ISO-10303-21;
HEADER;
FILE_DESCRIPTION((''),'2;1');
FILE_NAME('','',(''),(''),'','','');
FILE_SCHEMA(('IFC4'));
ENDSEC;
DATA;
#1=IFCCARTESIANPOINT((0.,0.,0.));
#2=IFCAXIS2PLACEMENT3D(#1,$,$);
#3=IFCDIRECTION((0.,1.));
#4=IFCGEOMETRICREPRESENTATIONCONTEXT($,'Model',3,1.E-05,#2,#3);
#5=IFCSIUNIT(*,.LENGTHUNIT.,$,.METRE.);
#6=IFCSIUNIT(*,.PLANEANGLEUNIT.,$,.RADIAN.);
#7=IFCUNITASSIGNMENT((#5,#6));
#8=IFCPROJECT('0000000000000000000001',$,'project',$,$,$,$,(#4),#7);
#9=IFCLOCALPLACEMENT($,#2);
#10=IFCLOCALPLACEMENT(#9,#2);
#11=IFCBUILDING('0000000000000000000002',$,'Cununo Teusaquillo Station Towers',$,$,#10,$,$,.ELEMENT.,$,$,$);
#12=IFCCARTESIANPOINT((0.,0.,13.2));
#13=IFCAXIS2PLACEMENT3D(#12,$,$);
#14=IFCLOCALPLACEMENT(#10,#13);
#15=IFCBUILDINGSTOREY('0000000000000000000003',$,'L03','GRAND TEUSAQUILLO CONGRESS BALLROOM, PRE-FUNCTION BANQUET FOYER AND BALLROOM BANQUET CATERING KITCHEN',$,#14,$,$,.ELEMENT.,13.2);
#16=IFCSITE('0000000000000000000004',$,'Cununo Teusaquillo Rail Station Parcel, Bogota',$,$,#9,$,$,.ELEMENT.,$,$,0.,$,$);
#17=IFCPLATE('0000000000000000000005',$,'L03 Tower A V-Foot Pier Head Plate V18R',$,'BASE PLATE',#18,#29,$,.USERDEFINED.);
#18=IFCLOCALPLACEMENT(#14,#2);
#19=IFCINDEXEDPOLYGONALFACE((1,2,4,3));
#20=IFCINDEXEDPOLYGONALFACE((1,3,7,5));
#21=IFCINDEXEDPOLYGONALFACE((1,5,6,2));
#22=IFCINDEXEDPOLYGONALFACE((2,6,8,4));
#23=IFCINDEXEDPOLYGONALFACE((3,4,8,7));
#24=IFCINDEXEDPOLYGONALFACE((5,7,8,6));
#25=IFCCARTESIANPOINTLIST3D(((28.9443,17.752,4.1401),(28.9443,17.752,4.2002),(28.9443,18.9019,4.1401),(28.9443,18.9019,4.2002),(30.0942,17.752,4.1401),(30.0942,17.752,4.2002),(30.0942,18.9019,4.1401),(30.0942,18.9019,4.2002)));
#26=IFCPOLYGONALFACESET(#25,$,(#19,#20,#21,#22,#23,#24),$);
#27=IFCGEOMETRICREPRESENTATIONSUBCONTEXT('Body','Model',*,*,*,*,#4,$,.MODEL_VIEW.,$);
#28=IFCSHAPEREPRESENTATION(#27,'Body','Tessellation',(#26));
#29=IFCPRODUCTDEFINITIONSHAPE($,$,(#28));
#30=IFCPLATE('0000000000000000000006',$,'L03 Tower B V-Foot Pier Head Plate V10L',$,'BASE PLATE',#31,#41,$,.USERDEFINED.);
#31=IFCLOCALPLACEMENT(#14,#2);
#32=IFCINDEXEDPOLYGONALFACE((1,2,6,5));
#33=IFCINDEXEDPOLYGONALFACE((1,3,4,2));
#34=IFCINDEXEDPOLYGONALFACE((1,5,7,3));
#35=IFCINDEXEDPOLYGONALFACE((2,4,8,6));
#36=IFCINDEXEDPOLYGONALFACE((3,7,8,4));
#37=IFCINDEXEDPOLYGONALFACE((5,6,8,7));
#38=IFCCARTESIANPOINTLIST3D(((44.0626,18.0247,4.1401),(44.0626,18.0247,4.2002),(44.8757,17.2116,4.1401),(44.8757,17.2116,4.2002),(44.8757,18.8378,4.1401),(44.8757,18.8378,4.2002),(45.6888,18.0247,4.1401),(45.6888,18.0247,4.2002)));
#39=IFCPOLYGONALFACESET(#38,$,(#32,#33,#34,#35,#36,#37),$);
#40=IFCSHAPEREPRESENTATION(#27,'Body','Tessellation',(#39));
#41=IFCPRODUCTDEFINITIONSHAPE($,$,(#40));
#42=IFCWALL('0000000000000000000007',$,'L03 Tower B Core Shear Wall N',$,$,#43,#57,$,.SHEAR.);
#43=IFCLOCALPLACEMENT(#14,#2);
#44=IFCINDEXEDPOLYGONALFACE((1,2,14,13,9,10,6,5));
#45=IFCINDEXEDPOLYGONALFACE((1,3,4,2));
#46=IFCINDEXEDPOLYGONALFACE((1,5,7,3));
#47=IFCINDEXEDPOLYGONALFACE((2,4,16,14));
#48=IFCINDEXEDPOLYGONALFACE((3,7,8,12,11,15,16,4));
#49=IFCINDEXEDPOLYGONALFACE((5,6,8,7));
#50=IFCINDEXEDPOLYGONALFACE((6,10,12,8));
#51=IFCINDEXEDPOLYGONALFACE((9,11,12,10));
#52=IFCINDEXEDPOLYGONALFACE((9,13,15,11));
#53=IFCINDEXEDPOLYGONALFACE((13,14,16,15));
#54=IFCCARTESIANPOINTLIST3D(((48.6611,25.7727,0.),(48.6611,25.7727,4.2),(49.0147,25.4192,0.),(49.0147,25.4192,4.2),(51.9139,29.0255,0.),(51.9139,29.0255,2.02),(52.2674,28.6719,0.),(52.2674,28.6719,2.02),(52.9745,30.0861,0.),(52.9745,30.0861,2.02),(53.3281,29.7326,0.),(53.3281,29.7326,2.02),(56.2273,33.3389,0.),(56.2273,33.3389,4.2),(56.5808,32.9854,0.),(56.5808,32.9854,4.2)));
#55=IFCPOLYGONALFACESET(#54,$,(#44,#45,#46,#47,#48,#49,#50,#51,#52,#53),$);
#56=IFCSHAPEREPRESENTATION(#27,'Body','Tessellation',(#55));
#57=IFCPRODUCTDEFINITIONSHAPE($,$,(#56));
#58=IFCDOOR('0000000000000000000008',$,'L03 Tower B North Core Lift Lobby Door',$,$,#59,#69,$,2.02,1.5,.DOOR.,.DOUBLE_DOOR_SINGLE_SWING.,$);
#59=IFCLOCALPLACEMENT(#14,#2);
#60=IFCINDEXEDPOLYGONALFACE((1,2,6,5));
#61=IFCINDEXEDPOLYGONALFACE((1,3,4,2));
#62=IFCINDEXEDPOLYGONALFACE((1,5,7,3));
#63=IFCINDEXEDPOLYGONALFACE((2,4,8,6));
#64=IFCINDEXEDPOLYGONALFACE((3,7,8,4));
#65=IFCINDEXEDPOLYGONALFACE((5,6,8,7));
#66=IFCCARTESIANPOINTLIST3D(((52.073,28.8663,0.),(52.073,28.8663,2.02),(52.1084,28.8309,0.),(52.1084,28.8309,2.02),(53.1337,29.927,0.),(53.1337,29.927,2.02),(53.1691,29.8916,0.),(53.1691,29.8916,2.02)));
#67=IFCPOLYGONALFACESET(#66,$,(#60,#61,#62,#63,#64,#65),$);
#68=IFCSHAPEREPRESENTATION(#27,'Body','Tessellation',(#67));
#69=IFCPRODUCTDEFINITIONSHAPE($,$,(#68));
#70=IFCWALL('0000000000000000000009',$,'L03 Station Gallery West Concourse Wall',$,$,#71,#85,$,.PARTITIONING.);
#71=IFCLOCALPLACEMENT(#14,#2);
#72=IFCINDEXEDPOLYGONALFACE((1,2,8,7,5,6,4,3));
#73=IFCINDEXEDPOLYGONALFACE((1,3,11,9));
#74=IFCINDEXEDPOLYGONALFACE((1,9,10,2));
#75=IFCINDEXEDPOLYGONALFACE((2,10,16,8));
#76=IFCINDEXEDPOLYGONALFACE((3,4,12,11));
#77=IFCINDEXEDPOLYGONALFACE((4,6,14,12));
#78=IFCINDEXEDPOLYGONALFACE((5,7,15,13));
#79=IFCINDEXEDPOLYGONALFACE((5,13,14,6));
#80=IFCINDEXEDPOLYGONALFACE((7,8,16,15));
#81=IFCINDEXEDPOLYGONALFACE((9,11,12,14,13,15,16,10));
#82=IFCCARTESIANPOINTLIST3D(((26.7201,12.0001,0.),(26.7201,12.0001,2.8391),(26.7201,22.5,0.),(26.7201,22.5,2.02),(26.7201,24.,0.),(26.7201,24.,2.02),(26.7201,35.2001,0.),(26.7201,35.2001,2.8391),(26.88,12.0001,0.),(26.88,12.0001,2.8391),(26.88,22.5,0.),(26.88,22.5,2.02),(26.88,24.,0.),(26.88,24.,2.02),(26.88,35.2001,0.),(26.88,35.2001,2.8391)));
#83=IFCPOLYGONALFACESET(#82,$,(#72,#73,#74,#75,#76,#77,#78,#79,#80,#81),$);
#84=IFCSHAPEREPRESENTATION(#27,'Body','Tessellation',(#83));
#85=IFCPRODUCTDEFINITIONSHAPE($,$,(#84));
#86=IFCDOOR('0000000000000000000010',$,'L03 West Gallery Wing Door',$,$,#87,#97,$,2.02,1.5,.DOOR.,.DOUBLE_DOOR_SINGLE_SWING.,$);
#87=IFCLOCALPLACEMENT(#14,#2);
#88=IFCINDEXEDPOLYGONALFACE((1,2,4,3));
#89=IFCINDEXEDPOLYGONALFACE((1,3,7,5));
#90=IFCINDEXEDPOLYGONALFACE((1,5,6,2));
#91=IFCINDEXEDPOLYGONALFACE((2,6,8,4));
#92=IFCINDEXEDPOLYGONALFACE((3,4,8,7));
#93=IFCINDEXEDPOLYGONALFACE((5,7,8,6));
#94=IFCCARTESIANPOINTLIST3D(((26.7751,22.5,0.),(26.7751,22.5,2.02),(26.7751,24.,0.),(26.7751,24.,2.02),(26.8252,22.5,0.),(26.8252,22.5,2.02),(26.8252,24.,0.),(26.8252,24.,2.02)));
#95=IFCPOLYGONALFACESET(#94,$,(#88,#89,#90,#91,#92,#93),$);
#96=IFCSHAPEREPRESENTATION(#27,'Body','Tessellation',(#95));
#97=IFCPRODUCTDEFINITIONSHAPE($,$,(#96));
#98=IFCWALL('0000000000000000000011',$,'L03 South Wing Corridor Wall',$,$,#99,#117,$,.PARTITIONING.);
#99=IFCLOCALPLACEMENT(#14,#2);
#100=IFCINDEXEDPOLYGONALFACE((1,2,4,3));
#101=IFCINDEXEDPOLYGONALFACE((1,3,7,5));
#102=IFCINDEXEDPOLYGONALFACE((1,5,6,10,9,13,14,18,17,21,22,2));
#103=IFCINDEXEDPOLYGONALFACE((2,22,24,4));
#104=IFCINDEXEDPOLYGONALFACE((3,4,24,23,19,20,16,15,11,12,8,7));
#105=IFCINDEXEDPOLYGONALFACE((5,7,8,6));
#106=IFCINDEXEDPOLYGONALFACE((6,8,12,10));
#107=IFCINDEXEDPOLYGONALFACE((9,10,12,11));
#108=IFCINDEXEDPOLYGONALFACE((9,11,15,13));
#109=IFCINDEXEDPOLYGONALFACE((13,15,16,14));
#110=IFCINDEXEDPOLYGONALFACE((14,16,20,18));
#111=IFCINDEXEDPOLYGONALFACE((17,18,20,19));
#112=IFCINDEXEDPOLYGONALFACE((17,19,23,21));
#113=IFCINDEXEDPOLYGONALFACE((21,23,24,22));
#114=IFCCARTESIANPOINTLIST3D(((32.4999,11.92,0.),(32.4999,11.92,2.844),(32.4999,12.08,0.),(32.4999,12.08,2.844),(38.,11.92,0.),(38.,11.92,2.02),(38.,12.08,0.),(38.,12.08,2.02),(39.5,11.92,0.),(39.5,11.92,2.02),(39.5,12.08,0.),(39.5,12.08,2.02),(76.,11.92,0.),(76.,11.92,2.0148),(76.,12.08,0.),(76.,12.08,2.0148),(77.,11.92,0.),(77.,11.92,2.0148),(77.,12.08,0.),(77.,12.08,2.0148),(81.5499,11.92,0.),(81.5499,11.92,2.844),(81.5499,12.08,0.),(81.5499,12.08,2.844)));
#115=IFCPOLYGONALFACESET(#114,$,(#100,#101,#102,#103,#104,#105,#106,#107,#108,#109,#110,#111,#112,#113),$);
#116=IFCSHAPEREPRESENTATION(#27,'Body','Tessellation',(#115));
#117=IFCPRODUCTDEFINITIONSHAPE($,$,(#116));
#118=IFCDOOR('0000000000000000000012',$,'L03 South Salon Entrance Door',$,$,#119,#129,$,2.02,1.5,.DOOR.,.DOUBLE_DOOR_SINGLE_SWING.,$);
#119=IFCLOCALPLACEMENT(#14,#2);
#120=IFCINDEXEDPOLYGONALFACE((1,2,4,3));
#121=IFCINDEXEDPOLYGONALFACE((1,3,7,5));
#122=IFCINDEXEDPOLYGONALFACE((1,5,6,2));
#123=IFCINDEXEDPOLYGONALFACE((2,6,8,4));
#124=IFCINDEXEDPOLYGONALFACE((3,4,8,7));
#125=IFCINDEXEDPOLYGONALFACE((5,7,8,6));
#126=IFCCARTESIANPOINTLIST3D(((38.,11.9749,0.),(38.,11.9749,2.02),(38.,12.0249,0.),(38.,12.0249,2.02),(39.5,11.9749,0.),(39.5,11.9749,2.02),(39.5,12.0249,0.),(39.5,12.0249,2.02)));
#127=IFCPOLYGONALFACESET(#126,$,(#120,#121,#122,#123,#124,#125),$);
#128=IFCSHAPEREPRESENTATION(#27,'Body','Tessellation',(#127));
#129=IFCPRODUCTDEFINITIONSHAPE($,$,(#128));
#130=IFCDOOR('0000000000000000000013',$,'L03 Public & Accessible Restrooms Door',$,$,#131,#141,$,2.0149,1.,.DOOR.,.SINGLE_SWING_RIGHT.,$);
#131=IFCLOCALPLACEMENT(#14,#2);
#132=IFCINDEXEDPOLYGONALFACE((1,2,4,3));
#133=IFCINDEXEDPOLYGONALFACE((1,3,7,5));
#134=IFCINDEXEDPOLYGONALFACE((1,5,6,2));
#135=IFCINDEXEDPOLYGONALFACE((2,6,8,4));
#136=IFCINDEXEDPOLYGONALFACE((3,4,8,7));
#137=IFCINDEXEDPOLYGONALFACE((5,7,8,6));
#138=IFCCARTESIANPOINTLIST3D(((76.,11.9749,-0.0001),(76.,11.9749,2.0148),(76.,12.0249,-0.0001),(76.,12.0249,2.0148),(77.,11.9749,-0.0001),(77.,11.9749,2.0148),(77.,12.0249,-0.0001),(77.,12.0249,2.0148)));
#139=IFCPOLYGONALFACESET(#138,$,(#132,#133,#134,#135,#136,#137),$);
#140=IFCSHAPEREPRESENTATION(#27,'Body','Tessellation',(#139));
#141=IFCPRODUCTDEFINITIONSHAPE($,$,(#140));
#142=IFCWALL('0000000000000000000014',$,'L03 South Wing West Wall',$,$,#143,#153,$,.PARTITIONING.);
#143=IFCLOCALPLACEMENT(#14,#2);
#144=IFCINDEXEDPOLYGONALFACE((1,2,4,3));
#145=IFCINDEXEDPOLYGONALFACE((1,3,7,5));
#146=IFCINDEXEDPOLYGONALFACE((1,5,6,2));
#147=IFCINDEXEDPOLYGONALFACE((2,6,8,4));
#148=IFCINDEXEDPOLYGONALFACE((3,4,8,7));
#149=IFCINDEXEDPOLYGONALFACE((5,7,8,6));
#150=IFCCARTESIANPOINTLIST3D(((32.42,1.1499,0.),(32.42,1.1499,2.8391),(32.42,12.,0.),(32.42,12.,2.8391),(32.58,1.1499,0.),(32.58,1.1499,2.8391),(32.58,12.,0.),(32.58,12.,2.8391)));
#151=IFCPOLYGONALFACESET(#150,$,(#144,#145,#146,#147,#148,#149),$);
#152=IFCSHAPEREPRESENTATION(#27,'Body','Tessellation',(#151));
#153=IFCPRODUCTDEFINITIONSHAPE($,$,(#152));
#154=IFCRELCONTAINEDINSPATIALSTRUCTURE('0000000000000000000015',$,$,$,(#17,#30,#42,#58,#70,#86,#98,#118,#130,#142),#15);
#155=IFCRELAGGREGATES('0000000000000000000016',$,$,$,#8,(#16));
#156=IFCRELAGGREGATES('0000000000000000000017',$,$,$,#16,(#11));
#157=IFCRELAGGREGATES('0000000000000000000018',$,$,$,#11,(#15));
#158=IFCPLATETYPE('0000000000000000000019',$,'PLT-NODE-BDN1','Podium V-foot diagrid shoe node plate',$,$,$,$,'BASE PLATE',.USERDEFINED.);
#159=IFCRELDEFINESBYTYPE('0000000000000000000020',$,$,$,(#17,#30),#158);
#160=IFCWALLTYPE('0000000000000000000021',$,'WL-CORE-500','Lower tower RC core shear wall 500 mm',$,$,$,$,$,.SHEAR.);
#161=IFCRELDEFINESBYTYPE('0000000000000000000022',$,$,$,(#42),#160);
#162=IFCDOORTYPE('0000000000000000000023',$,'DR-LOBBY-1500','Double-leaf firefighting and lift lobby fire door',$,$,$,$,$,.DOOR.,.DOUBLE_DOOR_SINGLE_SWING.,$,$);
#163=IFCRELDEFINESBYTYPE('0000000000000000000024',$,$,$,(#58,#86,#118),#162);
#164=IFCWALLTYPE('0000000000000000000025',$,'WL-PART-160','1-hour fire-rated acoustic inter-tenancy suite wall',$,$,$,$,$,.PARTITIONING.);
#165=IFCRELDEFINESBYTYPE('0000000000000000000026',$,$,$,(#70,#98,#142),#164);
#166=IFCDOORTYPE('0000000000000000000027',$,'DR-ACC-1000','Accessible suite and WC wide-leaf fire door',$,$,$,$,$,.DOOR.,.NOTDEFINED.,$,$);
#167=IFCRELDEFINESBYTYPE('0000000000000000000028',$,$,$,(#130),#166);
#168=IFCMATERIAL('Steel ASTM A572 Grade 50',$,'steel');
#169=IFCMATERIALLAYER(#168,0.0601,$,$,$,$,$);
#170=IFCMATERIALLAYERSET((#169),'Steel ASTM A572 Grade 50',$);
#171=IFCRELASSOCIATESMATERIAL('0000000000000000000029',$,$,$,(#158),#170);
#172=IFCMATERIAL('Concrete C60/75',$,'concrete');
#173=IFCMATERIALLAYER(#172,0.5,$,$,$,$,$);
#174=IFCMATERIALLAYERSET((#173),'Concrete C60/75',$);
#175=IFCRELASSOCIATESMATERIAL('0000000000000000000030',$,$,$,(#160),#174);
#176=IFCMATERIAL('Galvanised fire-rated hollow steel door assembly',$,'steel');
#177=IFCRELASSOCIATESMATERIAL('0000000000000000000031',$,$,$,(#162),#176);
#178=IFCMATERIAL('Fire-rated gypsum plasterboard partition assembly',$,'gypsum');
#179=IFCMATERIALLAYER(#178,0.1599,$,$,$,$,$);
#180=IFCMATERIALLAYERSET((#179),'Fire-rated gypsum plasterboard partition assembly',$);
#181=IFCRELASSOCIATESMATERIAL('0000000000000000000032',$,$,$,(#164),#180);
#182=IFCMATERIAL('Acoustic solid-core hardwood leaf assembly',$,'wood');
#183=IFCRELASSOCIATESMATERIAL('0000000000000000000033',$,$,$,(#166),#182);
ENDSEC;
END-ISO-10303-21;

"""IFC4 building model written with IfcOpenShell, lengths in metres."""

from ifc_helpers import new_model, si_unit, direction, frame, frame_2d, origin, origin_2d, place, context, subcontext, project, spatial, rectangle, extrude, source, transform, mapped, material, layer, layer_set, type_object, element, fill, save


model = new_model("IFC4")

# Units and contexts
model_context = context("Model", 3, precision=1e-05, world=origin(), true_north=direction((0.0, 1.0)))
body_context = subcontext(model_context, "Body", "Model", "MODEL_VIEW")
ifc_project = project(units=[si_unit("LENGTHUNIT", "METRE"), si_unit("PLANEANGLEUNIT", "RADIAN")], contexts=[model_context])

# Site, building, storey
site_placement = place(None, origin())
site = spatial("IfcSite", under=ifc_project, at=site_placement, Name="Cununo Teusaquillo Rail Station Parcel, Bogota", CompositionType="ELEMENT", RefElevation=0.0)
building_placement = place(site_placement, origin())
building = spatial("IfcBuilding", under=site, at=building_placement, Name="Cununo Teusaquillo Station Towers", CompositionType="ELEMENT")
storey_placement = place(building_placement, frame((0.0, 0.0, 13.2)))
storey = spatial("IfcBuildingStorey", under=building, at=storey_placement, Name="L03", Description="GRAND TEUSAQUILLO CONGRESS BALLROOM, PRE-FUNCTION BANQUET FOYER AND BALLROOM BANQUET CATERING KITCHEN", CompositionType="ELEMENT", Elevation=13.2)

# Plates
ifc_material_1 = material(Name="Steel ASTM A572 Grade 50", Category="steel")
ifc_layer_1 = layer(ifc_material_1, 0.0601)
ifc_layer_set_1 = layer_set([ifc_layer_1], Name="Steel ASTM A572 Grade 50")
plate_type = type_object("IfcPlateType", Name="PLT-NODE-BDN1", Description="Podium V-foot diagrid shoe node plate", ElementType="BASE PLATE", PredefinedType="USERDEFINED", material=ifc_layer_set_1)
shared_shape_1 = source(origin(), body_context, "Body", "SweptSolid", [
    extrude(rectangle(XDim=1.1499, YDim=1.1499, at=origin_2d()), origin(), (0.0, 0.0, 1.0), 0.0601),
])
for number, where, z_axis, x_axis, name in (
    (1, (29.5193, 18.3269, 4.1401), (0.0, 0.0, 1.0), (1.0, 0.0, 0.0), "L03 Tower A V-Foot Pier Head Plate V18R"),
    (2, (44.8757, 18.0247, 4.1401), (0.0, 0.0, 1.0), (0.707107, 0.707107, 0.0), "L03 Tower B V-Foot Pier Head Plate V10L"),
):
    element("IfcPlate", number, at=place(storey_placement, frame(where, z_axis=z_axis, x_axis=x_axis)), inside=storey, type_object=plate_type, Name=name, ObjectType="BASE PLATE", PredefinedType="USERDEFINED", context=body_context, shape_type="MappedRepresentation", body=[
        mapped(shared_shape_1, transform((0.0, 0.0, 0.0), x_axis=(1.0, 0.0, 0.0), y_axis=(0.0, 1.0, 0.0), z_axis=(0.0, 0.0, 1.0), scale=1.0)),
    ])

# Walls, openings, doors
ifc_material_2 = material(Name="Concrete C60/75", Category="concrete")
ifc_layer_2 = layer(ifc_material_2, 0.5)
ifc_layer_set_2 = layer_set([ifc_layer_2], Name="Concrete C60/75")
wall_type_1 = type_object("IfcWallType", Name="WL-CORE-500", Description="Lower tower RC core shear wall 500 mm", PredefinedType="SHEAR", material=ifc_layer_set_2)
wall_1_placement = place(storey_placement, frame((48.8379, 25.5959, 0.0), z_axis=(0.0, 0.0, 1.0), x_axis=(0.707107, 0.707107, 0.0)))
wall_1 = element("IfcWall", 3, at=wall_1_placement, inside=storey, type_object=wall_type_1, Name="L03 Tower B Core Shear Wall N", PredefinedType="SHEAR", context=body_context, shape_type="SweptSolid", body=[
    extrude(rectangle(XDim=10.7002, YDim=0.5, at=frame_2d((5.3501, 0.0))), origin(), (0.0, 0.0, 1.0), 4.2),
])
shared_shape_2 = source(origin(), body_context, "Body", "SweptSolid", [
    extrude(rectangle(XDim=1.5, YDim=2.02, at=frame_2d((0.75, 1.01))), frame((0.0, 0.26, 0.0), z_axis=(0.0, -1.0, 0.0), x_axis=(1.0, 0.0, 0.0)), (0.0, 0.0, 1.0), 0.52),
])
opening_1_placement = place(wall_1_placement, frame((4.6001, 0.0, 0.0)))
opening_1 = element("IfcOpeningElement", 4, at=opening_1_placement, cuts=wall_1, PredefinedType="OPENING", context=body_context, shape_type="MappedRepresentation", body=[
    mapped(shared_shape_2, transform((0.0, 0.0, 0.0), x_axis=(1.0, 0.0, 0.0), y_axis=(0.0, 1.0, 0.0), z_axis=(0.0, 0.0, 1.0), scale=1.0)),
])
ifc_material_3 = material(Name="Galvanised fire-rated hollow steel door assembly", Category="steel")
door_type_1 = type_object("IfcDoorType", Name="DR-LOBBY-1500", Description="Double-leaf firefighting and lift lobby fire door", OperationType="DOUBLE_DOOR_SINGLE_SWING", PredefinedType="DOOR", material=ifc_material_3)
shared_shape_3 = source(origin(), body_context, "Body", "SweptSolid", [
    extrude(rectangle(XDim=1.5, YDim=2.02, at=frame_2d((0.75, 1.01))), frame((0.0, 0.0249, 0.0), z_axis=(0.0, -1.0, 0.0), x_axis=(1.0, 0.0, 0.0)), (0.0, 0.0, 1.0), 0.05),
])
door_1_placement = place(opening_1_placement, origin())
door_1 = element("IfcDoor", 5, at=door_1_placement, inside=storey, type_object=door_type_1, Name="L03 Tower B North Core Lift Lobby Door", OperationType="DOUBLE_DOOR_SINGLE_SWING", OverallHeight=2.02, OverallWidth=1.5, PredefinedType="DOOR", context=body_context, shape_type="MappedRepresentation", body=[
    mapped(shared_shape_3, transform((0.0, 0.0, 0.0), x_axis=(1.0, 0.0, 0.0), y_axis=(0.0, 1.0, 0.0), z_axis=(0.0, 0.0, 1.0), scale=1.0)),
])
fill(opening_1, door_1)
ifc_material_4 = material(Name="Fire-rated gypsum plasterboard partition assembly", Category="gypsum")
ifc_layer_3 = layer(ifc_material_4, 0.1599)
ifc_layer_set_3 = layer_set([ifc_layer_3], Name="Fire-rated gypsum plasterboard partition assembly")
wall_type_2 = type_object("IfcWallType", Name="WL-PART-160", Description="1-hour fire-rated acoustic inter-tenancy suite wall", PredefinedType="PARTITIONING", material=ifc_layer_set_3)
wall_2_placement = place(storey_placement, frame((26.8, 12.0, 0.0), z_axis=(0.0, 0.0, 1.0), x_axis=(0.0, 1.0, 0.0)))
wall_2 = element("IfcWall", 6, at=wall_2_placement, inside=storey, type_object=wall_type_2, Name="L03 Station Gallery West Concourse Wall", PredefinedType="PARTITIONING", context=body_context, shape_type="SweptSolid", body=[
    extrude(rectangle(XDim=23.2, YDim=0.1599, at=frame_2d((11.6001, 0.0))), origin(), (0.0, 0.0, 1.0), 2.8391),
])
shared_shape_4 = source(origin(), body_context, "Body", "SweptSolid", [
    extrude(rectangle(XDim=1.5, YDim=2.02, at=frame_2d((0.75, 1.01))), frame((0.0, 0.0898, 0.0), z_axis=(0.0, -1.0, 0.0), x_axis=(1.0, 0.0, 0.0)), (0.0, 0.0, 1.0), 0.1799),
])
opening_2_placement = place(wall_2_placement, frame((10.5, 0.0, 0.0)))
opening_2 = element("IfcOpeningElement", 7, at=opening_2_placement, cuts=wall_2, PredefinedType="OPENING", context=body_context, shape_type="MappedRepresentation", body=[
    mapped(shared_shape_4, transform((0.0, 0.0, 0.0), x_axis=(1.0, 0.0, 0.0), y_axis=(0.0, 1.0, 0.0), z_axis=(0.0, 0.0, 1.0), scale=1.0)),
])
door_2_placement = place(opening_2_placement, origin())
door_2 = element("IfcDoor", 8, at=door_2_placement, inside=storey, type_object=door_type_1, Name="L03 West Gallery Wing Door", OperationType="DOUBLE_DOOR_SINGLE_SWING", OverallHeight=2.02, OverallWidth=1.5, PredefinedType="DOOR", context=body_context, shape_type="MappedRepresentation", body=[
    mapped(shared_shape_3, transform((0.0, 0.0, 0.0), x_axis=(1.0, 0.0, 0.0), y_axis=(0.0, 1.0, 0.0), z_axis=(0.0, 0.0, 1.0), scale=1.0)),
])
fill(opening_2, door_2)

# Wall, openings, doors
wall_3_placement = place(storey_placement, frame((32.5, 12.0, 0.0), z_axis=(0.0, 0.0, 1.0), x_axis=(1.0, 0.0, 0.0)))
wall_3 = element("IfcWall", 9, at=wall_3_placement, inside=storey, type_object=wall_type_2, Name="L03 South Wing Corridor Wall", PredefinedType="PARTITIONING", context=body_context, shape_type="SweptSolid", body=[
    extrude(rectangle(XDim=49.05, YDim=0.1599, at=frame_2d((24.5249, 0.0))), origin(), (0.0, 0.0, 1.0), 2.844),
])
opening_3_placement = place(wall_3_placement, frame((5.5, 0.0, 0.0)))
opening_3 = element("IfcOpeningElement", 10, at=opening_3_placement, cuts=wall_3, PredefinedType="OPENING", context=body_context, shape_type="MappedRepresentation", body=[
    mapped(shared_shape_4, transform((0.0, 0.0, 0.0), x_axis=(1.0, 0.0, 0.0), y_axis=(0.0, 1.0, 0.0), z_axis=(0.0, 0.0, 1.0), scale=1.0)),
])
shared_shape_5 = source(origin(), body_context, "Body", "SweptSolid", [
    extrude(rectangle(XDim=1.0, YDim=2.0149, at=frame_2d((0.5, 1.0073))), frame((0.0, 0.0898, 0.0), z_axis=(0.0, -1.0, 0.0), x_axis=(1.0, 0.0, 0.0)), (0.0, 0.0, 1.0), 0.1799),
])
opening_4_placement = place(wall_3_placement, frame((43.5, 0.0, 0.0)))
opening_4 = element("IfcOpeningElement", 11, at=opening_4_placement, cuts=wall_3, PredefinedType="OPENING", context=body_context, shape_type="MappedRepresentation", body=[
    mapped(shared_shape_5, transform((0.0, 0.0, 0.0), x_axis=(1.0, 0.0, 0.0), y_axis=(0.0, 1.0, 0.0), z_axis=(0.0, 0.0, 1.0), scale=1.0)),
])
door_3_placement = place(opening_3_placement, origin())
door_3 = element("IfcDoor", 12, at=door_3_placement, inside=storey, type_object=door_type_1, Name="L03 South Salon Entrance Door", OperationType="DOUBLE_DOOR_SINGLE_SWING", OverallHeight=2.02, OverallWidth=1.5, PredefinedType="DOOR", context=body_context, shape_type="MappedRepresentation", body=[
    mapped(shared_shape_3, transform((0.0, 0.0, 0.0), x_axis=(1.0, 0.0, 0.0), y_axis=(0.0, 1.0, 0.0), z_axis=(0.0, 0.0, 1.0), scale=1.0)),
])
fill(opening_3, door_3)
ifc_material_5 = material(Name="Acoustic solid-core hardwood leaf assembly", Category="wood")
door_type_2 = type_object("IfcDoorType", Name="DR-ACC-1000", Description="Accessible suite and WC wide-leaf fire door", OperationType="NOTDEFINED", PredefinedType="DOOR", material=ifc_material_5)
shared_shape_6 = source(origin(), body_context, "Body", "SweptSolid", [
    extrude(rectangle(XDim=1.0, YDim=2.0149, at=frame_2d((0.5, 1.0073))), frame((0.0, 0.0249, 0.0), z_axis=(0.0, -1.0, 0.0), x_axis=(1.0, 0.0, 0.0)), (0.0, 0.0, 1.0), 0.05),
])
door_4_placement = place(opening_4_placement, origin())
door_4 = element("IfcDoor", 13, at=door_4_placement, inside=storey, type_object=door_type_2, Name="L03 Public & Accessible Restrooms Door", OperationType="SINGLE_SWING_RIGHT", OverallHeight=2.0149, OverallWidth=1.0, PredefinedType="DOOR", context=body_context, shape_type="MappedRepresentation", body=[
    mapped(shared_shape_6, transform((0.0, 0.0, 0.0), x_axis=(1.0, 0.0, 0.0), y_axis=(0.0, 1.0, 0.0), z_axis=(0.0, 0.0, 1.0), scale=1.0)),
])
fill(opening_4, door_4)

# Wall
wall_4_placement = place(storey_placement, frame((32.5, 1.1499, 0.0), z_axis=(0.0, 0.0, 1.0), x_axis=(0.0, 1.0, 0.0)))
element("IfcWall", 14, at=wall_4_placement, inside=storey, type_object=wall_type_2, Name="L03 South Wing West Wall", PredefinedType="PARTITIONING", context=body_context, shape_type="SweptSolid", body=[
    extrude(rectangle(XDim=10.8501, YDim=0.1599, at=frame_2d((5.425, 0.0))), origin(), (0.0, 0.0, 1.0), 2.8391),
])

save(model, "model.ifc")
